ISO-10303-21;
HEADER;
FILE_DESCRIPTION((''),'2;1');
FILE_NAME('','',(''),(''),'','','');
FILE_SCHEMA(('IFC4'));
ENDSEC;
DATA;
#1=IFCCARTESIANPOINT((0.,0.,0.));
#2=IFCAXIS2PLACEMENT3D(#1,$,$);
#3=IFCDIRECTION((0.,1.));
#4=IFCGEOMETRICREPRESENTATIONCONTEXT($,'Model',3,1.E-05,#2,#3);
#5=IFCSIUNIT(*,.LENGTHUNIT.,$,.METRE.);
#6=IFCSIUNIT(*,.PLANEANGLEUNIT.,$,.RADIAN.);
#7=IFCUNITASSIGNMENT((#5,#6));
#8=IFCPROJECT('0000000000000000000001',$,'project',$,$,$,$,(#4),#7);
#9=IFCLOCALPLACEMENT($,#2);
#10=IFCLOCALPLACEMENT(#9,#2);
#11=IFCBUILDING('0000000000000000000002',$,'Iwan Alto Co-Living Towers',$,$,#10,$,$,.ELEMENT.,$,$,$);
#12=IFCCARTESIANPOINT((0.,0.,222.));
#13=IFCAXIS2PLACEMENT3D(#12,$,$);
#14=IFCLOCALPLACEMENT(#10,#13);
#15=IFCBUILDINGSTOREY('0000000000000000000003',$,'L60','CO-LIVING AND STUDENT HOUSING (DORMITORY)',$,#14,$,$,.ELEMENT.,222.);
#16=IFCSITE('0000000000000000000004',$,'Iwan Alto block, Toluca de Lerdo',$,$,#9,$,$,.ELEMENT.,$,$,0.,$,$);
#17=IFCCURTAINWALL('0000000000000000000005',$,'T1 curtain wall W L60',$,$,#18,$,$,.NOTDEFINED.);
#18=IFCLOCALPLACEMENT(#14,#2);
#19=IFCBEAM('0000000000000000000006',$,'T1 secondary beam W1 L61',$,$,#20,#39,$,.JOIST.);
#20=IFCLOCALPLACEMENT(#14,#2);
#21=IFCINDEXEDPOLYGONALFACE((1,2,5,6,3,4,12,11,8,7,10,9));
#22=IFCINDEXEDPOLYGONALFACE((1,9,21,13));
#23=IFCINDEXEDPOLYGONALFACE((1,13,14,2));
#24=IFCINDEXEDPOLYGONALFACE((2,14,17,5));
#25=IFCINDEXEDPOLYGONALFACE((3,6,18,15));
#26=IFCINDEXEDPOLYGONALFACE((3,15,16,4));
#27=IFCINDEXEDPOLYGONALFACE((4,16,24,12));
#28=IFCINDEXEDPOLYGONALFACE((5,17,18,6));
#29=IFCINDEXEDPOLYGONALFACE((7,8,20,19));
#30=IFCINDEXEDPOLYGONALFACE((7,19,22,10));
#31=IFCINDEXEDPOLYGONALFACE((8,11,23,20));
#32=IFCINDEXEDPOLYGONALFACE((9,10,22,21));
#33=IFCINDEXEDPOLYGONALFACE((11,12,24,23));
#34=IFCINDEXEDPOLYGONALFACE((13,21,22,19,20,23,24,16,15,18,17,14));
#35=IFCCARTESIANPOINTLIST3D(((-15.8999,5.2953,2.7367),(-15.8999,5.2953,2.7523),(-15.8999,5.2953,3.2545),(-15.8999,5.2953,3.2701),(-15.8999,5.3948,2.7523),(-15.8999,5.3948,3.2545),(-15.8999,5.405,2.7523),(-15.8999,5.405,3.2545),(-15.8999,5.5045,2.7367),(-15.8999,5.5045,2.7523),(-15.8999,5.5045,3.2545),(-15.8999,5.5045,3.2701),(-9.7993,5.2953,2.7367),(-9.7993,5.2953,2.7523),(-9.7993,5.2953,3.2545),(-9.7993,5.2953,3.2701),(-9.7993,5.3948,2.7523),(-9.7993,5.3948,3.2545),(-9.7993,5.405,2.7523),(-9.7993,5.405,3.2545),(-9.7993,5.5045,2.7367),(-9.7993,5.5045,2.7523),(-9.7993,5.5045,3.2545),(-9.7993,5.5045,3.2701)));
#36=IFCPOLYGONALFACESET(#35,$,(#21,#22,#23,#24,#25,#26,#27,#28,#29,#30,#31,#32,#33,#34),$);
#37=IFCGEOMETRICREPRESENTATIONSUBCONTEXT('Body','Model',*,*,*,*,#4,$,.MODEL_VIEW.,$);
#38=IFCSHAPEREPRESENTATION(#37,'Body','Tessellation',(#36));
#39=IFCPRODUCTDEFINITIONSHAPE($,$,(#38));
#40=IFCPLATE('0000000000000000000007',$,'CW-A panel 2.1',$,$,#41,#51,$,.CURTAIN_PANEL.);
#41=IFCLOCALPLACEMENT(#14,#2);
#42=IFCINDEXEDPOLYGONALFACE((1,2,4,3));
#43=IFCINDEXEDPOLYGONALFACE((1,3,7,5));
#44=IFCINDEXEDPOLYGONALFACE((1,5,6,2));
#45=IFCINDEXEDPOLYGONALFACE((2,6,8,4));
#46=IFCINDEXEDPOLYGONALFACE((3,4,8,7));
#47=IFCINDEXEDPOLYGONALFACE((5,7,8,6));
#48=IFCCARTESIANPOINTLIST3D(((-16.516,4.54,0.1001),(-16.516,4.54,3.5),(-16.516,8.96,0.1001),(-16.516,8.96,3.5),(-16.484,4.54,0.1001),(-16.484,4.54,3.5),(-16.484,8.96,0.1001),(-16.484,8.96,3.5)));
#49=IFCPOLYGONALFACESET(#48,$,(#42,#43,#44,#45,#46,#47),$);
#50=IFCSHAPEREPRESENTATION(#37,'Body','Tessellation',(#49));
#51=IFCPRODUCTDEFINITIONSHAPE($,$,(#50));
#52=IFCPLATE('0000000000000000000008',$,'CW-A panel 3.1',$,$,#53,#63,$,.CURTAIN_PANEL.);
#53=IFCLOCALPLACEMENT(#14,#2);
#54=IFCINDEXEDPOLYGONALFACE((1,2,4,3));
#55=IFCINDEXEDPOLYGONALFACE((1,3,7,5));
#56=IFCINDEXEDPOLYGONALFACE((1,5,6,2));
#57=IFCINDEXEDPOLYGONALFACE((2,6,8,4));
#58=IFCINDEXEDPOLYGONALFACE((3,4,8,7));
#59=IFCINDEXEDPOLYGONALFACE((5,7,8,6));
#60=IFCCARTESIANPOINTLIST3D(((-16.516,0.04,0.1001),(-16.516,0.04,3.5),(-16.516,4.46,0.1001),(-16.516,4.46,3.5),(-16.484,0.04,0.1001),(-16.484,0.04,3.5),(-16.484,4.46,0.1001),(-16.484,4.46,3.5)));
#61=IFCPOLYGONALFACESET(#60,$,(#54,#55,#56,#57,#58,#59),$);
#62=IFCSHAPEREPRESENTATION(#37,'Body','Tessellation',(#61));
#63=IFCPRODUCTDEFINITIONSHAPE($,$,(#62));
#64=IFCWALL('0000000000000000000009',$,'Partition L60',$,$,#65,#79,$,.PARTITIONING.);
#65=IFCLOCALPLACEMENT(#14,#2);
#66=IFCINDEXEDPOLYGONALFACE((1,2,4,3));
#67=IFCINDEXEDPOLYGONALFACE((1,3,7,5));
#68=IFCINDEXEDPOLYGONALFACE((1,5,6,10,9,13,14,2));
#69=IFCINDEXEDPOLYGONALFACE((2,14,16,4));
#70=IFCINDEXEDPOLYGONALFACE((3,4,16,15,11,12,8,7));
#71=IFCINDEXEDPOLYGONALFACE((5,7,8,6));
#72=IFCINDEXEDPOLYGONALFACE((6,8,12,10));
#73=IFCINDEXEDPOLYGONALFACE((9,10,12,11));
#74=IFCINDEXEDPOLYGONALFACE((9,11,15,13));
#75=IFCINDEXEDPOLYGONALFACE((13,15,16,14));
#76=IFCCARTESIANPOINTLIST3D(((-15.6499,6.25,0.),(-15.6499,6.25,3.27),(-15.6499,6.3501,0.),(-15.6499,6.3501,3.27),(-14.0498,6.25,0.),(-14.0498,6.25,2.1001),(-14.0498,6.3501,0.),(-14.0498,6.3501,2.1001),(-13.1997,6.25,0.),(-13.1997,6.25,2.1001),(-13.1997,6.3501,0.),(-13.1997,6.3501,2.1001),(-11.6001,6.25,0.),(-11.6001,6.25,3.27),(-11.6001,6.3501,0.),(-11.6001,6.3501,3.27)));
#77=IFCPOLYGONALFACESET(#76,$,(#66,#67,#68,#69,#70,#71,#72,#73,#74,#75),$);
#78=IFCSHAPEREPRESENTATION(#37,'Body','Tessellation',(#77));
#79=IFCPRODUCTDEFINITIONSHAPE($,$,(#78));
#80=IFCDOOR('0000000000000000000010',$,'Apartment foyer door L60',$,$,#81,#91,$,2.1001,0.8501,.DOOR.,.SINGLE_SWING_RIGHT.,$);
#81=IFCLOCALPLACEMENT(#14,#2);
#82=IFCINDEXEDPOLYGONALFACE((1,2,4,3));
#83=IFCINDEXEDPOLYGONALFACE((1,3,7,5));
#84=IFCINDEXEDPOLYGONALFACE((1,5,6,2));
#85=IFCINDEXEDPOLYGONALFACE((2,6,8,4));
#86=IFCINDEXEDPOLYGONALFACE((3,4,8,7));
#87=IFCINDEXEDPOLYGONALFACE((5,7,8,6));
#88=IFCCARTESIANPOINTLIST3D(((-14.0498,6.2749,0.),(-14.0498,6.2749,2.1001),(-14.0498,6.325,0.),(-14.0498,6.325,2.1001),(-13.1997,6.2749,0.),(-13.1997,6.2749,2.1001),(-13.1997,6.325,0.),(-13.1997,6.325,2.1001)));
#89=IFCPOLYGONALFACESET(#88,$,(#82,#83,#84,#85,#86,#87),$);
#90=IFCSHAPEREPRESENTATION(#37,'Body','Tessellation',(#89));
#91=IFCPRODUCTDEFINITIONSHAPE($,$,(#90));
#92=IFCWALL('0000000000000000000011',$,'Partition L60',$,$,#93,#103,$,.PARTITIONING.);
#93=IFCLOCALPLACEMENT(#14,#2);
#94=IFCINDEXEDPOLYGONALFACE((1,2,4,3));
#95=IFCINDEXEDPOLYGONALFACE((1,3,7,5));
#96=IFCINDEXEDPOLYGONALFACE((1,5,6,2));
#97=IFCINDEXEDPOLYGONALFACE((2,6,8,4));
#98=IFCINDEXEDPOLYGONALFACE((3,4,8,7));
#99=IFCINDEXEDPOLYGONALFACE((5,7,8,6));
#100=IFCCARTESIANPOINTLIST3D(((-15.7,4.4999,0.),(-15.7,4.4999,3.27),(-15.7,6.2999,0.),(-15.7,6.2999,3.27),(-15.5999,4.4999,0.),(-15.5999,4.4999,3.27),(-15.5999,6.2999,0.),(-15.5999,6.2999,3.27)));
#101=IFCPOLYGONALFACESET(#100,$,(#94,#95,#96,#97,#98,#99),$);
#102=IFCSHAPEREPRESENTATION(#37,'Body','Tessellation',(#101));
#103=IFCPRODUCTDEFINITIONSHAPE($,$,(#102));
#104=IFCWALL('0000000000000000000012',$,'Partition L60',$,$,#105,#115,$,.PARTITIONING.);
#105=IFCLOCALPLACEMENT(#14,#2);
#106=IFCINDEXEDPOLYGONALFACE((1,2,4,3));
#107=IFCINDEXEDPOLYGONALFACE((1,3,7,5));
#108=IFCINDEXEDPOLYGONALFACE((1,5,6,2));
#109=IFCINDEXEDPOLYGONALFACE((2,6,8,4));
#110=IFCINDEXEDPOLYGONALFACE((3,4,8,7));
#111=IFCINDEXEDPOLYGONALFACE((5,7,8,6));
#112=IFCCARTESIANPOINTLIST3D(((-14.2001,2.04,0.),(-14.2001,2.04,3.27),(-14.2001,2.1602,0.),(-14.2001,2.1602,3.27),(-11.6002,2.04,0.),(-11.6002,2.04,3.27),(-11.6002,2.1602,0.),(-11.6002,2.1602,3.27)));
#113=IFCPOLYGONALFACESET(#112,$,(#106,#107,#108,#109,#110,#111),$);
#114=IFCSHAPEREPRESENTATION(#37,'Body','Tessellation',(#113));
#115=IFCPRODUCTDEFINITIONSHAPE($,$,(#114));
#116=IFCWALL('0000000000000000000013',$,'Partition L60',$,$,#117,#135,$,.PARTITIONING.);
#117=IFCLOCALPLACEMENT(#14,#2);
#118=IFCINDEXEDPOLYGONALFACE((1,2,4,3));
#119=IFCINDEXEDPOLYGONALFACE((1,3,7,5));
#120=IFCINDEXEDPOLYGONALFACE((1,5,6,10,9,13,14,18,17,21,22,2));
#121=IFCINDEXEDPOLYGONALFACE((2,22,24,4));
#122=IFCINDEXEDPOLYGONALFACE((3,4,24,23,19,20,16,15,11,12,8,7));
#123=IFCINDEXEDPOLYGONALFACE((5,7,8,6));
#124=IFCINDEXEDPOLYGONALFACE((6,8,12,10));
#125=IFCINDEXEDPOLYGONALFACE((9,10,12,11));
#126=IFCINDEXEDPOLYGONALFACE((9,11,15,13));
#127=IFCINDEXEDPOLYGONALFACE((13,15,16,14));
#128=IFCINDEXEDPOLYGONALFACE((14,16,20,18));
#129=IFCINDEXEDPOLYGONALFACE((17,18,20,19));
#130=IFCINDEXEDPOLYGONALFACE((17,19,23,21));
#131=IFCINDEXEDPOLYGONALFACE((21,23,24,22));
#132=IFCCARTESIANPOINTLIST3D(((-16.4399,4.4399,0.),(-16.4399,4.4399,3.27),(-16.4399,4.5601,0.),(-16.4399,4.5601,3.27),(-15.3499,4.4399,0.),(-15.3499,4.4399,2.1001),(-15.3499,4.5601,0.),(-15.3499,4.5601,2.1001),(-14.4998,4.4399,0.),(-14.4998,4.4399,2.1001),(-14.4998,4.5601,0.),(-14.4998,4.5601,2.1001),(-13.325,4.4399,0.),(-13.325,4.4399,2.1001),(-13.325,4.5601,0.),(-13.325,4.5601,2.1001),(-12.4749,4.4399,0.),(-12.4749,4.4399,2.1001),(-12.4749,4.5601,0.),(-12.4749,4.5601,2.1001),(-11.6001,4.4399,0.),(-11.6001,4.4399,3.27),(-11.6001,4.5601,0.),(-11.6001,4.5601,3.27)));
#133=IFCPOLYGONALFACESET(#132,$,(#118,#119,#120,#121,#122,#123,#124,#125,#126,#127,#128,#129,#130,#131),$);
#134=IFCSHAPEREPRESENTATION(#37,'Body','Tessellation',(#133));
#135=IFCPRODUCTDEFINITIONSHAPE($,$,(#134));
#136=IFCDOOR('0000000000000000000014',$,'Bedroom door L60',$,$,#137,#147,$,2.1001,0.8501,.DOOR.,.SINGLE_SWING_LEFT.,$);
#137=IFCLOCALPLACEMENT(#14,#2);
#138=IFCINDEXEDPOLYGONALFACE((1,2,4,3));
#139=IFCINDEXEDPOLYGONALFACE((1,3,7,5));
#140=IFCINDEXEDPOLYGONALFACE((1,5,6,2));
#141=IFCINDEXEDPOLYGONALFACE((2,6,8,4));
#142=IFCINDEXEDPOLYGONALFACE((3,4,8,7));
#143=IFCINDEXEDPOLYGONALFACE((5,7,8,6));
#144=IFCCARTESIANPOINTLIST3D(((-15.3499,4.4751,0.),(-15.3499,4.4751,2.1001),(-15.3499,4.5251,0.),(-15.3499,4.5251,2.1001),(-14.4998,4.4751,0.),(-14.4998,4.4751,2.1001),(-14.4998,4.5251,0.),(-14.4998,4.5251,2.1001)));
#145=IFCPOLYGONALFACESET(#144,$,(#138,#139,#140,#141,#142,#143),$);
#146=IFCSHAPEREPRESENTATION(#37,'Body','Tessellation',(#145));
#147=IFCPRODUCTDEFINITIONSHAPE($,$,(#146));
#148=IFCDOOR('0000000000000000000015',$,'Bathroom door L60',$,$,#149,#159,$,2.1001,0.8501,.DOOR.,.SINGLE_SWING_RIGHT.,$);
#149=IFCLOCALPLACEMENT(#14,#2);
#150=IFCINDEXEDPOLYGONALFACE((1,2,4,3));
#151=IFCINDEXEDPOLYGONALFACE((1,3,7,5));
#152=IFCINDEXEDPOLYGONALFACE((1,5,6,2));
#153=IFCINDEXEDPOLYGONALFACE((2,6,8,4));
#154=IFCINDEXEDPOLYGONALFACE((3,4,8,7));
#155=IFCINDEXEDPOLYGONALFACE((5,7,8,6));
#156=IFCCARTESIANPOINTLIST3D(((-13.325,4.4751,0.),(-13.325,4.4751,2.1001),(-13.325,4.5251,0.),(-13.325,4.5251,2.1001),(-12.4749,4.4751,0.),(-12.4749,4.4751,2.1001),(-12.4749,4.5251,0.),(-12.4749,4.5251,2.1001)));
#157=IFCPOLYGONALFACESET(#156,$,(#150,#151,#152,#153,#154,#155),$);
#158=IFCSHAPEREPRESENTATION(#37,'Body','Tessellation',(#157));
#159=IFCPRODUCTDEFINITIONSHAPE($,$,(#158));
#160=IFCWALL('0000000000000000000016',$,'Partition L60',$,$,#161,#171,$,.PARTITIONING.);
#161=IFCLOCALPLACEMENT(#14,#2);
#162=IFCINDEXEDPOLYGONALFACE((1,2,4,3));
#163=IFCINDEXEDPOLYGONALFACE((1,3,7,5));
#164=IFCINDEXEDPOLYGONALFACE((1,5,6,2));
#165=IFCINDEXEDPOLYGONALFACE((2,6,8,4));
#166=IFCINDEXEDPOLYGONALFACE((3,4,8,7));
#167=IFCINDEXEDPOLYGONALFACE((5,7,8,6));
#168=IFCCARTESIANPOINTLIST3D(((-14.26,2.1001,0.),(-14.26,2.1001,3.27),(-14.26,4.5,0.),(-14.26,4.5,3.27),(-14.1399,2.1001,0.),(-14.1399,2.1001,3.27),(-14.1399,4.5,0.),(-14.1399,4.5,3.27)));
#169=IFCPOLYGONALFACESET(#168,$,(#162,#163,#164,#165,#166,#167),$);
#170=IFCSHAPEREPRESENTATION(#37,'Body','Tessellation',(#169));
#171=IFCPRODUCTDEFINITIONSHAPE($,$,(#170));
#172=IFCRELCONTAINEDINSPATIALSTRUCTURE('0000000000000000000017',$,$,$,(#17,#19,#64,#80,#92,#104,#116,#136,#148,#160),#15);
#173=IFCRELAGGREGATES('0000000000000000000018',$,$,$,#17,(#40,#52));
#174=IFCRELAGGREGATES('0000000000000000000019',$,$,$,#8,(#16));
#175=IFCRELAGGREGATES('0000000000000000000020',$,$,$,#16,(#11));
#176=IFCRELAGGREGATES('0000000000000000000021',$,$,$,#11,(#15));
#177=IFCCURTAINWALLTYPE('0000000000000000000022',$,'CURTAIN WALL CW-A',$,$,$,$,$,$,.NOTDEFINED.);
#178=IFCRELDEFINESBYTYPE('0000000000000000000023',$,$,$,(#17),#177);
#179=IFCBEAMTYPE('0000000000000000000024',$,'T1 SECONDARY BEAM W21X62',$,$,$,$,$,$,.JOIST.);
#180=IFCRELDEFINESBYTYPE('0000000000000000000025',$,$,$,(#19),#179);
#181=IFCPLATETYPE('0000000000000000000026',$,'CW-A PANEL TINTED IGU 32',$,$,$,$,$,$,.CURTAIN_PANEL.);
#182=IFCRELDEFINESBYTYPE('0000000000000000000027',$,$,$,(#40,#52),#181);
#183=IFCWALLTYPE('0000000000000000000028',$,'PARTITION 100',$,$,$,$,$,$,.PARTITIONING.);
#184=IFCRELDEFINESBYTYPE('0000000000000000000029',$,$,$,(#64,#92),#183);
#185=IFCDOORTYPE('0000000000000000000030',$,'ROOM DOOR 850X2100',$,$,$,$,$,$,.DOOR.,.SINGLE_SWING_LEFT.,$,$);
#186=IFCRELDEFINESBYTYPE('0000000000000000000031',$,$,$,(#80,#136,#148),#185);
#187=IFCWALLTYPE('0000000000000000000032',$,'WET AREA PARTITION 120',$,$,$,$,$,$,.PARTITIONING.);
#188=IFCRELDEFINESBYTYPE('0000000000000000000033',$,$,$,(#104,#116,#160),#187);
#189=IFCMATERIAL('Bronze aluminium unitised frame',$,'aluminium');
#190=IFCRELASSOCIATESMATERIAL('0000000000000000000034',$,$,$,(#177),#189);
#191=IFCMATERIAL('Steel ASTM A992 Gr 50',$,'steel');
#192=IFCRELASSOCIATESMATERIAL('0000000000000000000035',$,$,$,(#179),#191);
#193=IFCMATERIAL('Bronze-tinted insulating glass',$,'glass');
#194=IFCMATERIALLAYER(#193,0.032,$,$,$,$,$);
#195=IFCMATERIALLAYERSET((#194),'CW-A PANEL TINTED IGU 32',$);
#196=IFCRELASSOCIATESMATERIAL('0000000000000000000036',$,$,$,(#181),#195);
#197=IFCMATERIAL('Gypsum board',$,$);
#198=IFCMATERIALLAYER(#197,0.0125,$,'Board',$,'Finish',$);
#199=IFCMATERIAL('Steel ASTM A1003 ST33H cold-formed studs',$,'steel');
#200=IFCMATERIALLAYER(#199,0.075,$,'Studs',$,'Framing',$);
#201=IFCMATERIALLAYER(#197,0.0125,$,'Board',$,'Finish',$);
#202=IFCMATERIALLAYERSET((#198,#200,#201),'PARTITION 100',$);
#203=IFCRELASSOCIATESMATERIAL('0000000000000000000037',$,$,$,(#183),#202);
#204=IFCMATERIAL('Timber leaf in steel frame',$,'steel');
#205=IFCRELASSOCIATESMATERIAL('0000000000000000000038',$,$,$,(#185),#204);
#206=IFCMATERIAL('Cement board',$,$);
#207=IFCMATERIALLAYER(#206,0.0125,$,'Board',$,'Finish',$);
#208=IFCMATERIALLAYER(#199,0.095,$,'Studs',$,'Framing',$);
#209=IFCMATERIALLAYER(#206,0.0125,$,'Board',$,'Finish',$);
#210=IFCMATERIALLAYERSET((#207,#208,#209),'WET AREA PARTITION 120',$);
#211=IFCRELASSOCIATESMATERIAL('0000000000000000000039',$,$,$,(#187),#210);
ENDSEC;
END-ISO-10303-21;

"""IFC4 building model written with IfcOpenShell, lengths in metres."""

from ifc_helpers import new_model, si_unit, direction, frame, frame_2d, origin, origin_2d, place, context, subcontext, project, spatial, rectangle, i_section, extrude, material, layer, layer_set, material_profile, profile_set, type_object, element, fill, aggregate, save


model = new_model("IFC4")

# Units and contexts
model_context = context("Model", 3, precision=1e-05, world=origin(), true_north=direction((0.0, 1.0)))
body_context = subcontext(model_context, "Body", "Model", "MODEL_VIEW")
ifc_project = project(units=[si_unit("LENGTHUNIT", "METRE"), si_unit("PLANEANGLEUNIT", "RADIAN")], contexts=[model_context])

# Site, building, storey
site_placement = place(None, origin())
site = spatial("IfcSite", under=ifc_project, at=site_placement, Name="Iwan Alto block, Toluca de Lerdo", CompositionType="ELEMENT", RefElevation=0.0)
building_placement = place(site_placement, origin())
building = spatial("IfcBuilding", under=site, at=building_placement, Name="Iwan Alto Co-Living Towers", CompositionType="ELEMENT")
storey_placement = place(building_placement, frame((0.0, 0.0, 222.0)))
storey = spatial("IfcBuildingStorey", under=building, at=storey_placement, Name="L60", Description="CO-LIVING AND STUDENT HOUSING (DORMITORY)", CompositionType="ELEMENT", Elevation=222.0)

# Curtain wall
ifc_material_1 = material(Name="Bronze aluminium unitised frame", Category="aluminium")
curtain_wall_type = type_object("IfcCurtainWallType", Name="CURTAIN WALL CW-A", PredefinedType="NOTDEFINED", material=ifc_material_1)
curtain_wall_placement = place(storey_placement, origin())
curtain_wall = element("IfcCurtainWall", 1, at=curtain_wall_placement, inside=storey, type_object=curtain_wall_type, Name="T1 curtain wall W L60", PredefinedType="NOTDEFINED")

# Beam
ifc_material_2 = material(Name="Steel ASTM A992 Gr 50", Category="steel")
ifc_material_profile_1 = material_profile(ifc_material_2, i_section(OverallWidth=0.2092, OverallDepth=0.5334, WebThickness=0.0103, FlangeThickness=0.0156, at=origin_2d()), Name="W21X62")
ifc_profile_set_1 = profile_set([ifc_material_profile_1], Name="Steel ASTM A992 Gr 50")
beam_type_1 = type_object("IfcBeamType", Name="T1 SECONDARY BEAM W21X62", PredefinedType="JOIST", material=ifc_profile_set_1)
beam_1_placement = place(storey_placement, frame((-15.8999, 5.3999, 3.0034), z_axis=(1.0, 0.0, 0.0), x_axis=(0.0, 1.0, 0.0)))
element("IfcBeam", 2, at=beam_1_placement, inside=storey, type_object=beam_type_1, Name="T1 secondary beam W1 L61", PredefinedType="JOIST", context=body_context, shape_type="SweptSolid", body=[
    extrude(i_section(OverallWidth=0.2092, OverallDepth=0.5334, WebThickness=0.0103, FlangeThickness=0.0156, at=origin_2d()), origin(), (0.0, 0.0, 1.0), 6.1006),
])

# Plates
ifc_material_3 = material(Name="Bronze-tinted insulating glass", Category="glass")
ifc_layer_1 = layer(ifc_material_3, 0.032)
ifc_layer_set_1 = layer_set([ifc_layer_1], Name="CW-A PANEL TINTED IGU 32")
plate_type = type_object("IfcPlateType", Name="CW-A PANEL TINTED IGU 32", PredefinedType="CURTAIN_PANEL", material=ifc_layer_set_1)
plate_1_placement = place(storey_placement, frame((-16.5, 6.75, 0.1001), z_axis=(0.0, 0.0, 1.0), x_axis=(0.0, -1.0, 0.0)))
plate_1 = element("IfcPlate", 3, at=plate_1_placement, type_object=plate_type, Name="CW-A panel 2.1", PredefinedType="CURTAIN_PANEL", context=body_context, shape_type="SweptSolid", body=[
    extrude(rectangle(XDim=4.4199, YDim=0.032, at=origin_2d()), origin(), (0.0, 0.0, 1.0), 3.3999),
])
plate_2_placement = place(storey_placement, frame((-16.5, 2.25, 0.1001), z_axis=(0.0, 0.0, 1.0), x_axis=(0.0, -1.0, 0.0)))
plate_2 = element("IfcPlate", 4, at=plate_2_placement, type_object=plate_type, Name="CW-A panel 3.1", PredefinedType="CURTAIN_PANEL", context=body_context, shape_type="SweptSolid", body=[
    extrude(rectangle(XDim=4.4199, YDim=0.032, at=origin_2d()), origin(), (0.0, 0.0, 1.0), 3.3999),
])
aggregate(curtain_wall, [plate_1, plate_2])

# Wall, opening, door
ifc_material_4 = material(Name="Gypsum board")
ifc_layer_2 = layer(ifc_material_4, 0.0125, Name="Board", Category="Finish")
ifc_material_5 = material(Name="Steel ASTM A1003 ST33H cold-formed studs", Category="steel")
ifc_layer_3 = layer(ifc_material_5, 0.075, Name="Studs", Category="Framing")
ifc_layer_4 = layer(ifc_material_4, 0.0125, Name="Board", Category="Finish")
ifc_layer_set_2 = layer_set([ifc_layer_2, ifc_layer_3, ifc_layer_4], Name="PARTITION 100")
wall_type_1 = type_object("IfcWallType", Name="PARTITION 100", PredefinedType="PARTITIONING", material=ifc_layer_set_2)
wall_1_placement = place(storey_placement, frame((-15.6499, 6.3, 0.0), z_axis=(0.0, 0.0, 1.0), x_axis=(1.0, 0.0, 0.0)))
wall_1 = element("IfcWall", 5, at=wall_1_placement, inside=storey, type_object=wall_type_1, Name="Partition L60", PredefinedType="PARTITIONING", context=body_context, shape_type="SweptSolid", body=[
    extrude(rectangle(XDim=4.0498, YDim=0.1001, at=frame_2d((2.0249, 0.0))), origin(), (0.0, 0.0, 1.0), 3.27),
])
opening_1_placement = place(wall_1_placement, frame((1.6001, 0.0, 0.0)))
opening_1 = element("IfcOpeningElement", 6, at=opening_1_placement, cuts=wall_1, PredefinedType="OPENING", context=body_context, shape_type="SweptSolid", body=[
    extrude(rectangle(XDim=0.8501, YDim=2.1001, at=frame_2d((0.425, 1.05))), frame((0.0, 0.0601, 0.0), z_axis=(0.0, -1.0, 0.0), x_axis=(1.0, 0.0, 0.0)), (0.0, 0.0, 1.0), 0.1201),
])
ifc_material_6 = material(Name="Timber leaf in steel frame", Category="steel")
door_type = type_object("IfcDoorType", Name="ROOM DOOR 850X2100", OperationType="SINGLE_SWING_LEFT", PredefinedType="DOOR", material=ifc_material_6)
door_1_placement = place(opening_1_placement, origin())
door_1 = element("IfcDoor", 7, at=door_1_placement, inside=storey, type_object=door_type, Name="Apartment foyer door L60", OperationType="SINGLE_SWING_RIGHT", OverallHeight=2.1001, OverallWidth=0.8501, PredefinedType="DOOR", context=body_context, shape_type="SweptSolid", body=[
    extrude(rectangle(XDim=0.8501, YDim=2.1001, at=frame_2d((0.425, 1.05))), frame((0.0, 0.0249, 0.0), z_axis=(0.0, -1.0, 0.0), x_axis=(1.0, 0.0, 0.0)), (0.0, 0.0, 1.0), 0.05),
])
fill(opening_1, door_1)

# Walls
wall_2_placement = place(storey_placement, frame((-15.6499, 4.5, 0.0), z_axis=(0.0, 0.0, 1.0), x_axis=(0.0, 1.0, 0.0)))
element("IfcWall", 8, at=wall_2_placement, inside=storey, type_object=wall_type_1, Name="Partition L60", PredefinedType="PARTITIONING", context=body_context, shape_type="SweptSolid", body=[
    extrude(rectangle(XDim=1.8, YDim=0.1001, at=frame_2d((0.8999, 0.0))), origin(), (0.0, 0.0, 1.0), 3.27),
])
ifc_material_7 = material(Name="Cement board")
ifc_layer_5 = layer(ifc_material_7, 0.0125, Name="Board", Category="Finish")
ifc_layer_6 = layer(ifc_material_5, 0.095, Name="Studs", Category="Framing")
ifc_layer_7 = layer(ifc_material_7, 0.0125, Name="Board", Category="Finish")
ifc_layer_set_3 = layer_set([ifc_layer_5, ifc_layer_6, ifc_layer_7], Name="WET AREA PARTITION 120")
wall_type_2 = type_object("IfcWallType", Name="WET AREA PARTITION 120", PredefinedType="PARTITIONING", material=ifc_layer_set_3)
wall_3_placement = place(storey_placement, frame((-14.2, 2.1001, 0.0), z_axis=(0.0, 0.0, 1.0), x_axis=(1.0, 0.0, 0.0)))
element("IfcWall", 9, at=wall_3_placement, inside=storey, type_object=wall_type_2, Name="Partition L60", PredefinedType="PARTITIONING", context=body_context, shape_type="SweptSolid", body=[
    extrude(rectangle(XDim=2.5999, YDim=0.1201, at=frame_2d((1.2998, 0.0))), origin(), (0.0, 0.0, 1.0), 3.27),
])

# Wall, openings, doors
wall_4_placement = place(storey_placement, frame((-16.4399, 4.5, 0.0), z_axis=(0.0, 0.0, 1.0), x_axis=(1.0, 0.0, 0.0)))
wall_4 = element("IfcWall", 10, at=wall_4_placement, inside=storey, type_object=wall_type_2, Name="Partition L60", PredefinedType="PARTITIONING", context=body_context, shape_type="SweptSolid", body=[
    extrude(rectangle(XDim=4.8398, YDim=0.1201, at=frame_2d((2.4199, 0.0))), origin(), (0.0, 0.0, 1.0), 3.27),
])
opening_2_placement = place(wall_4_placement, frame((1.0901, 0.0, 0.0)))
opening_2 = element("IfcOpeningElement", 11, at=opening_2_placement, cuts=wall_4, PredefinedType="OPENING", context=body_context, shape_type="SweptSolid", body=[
    extrude(rectangle(XDim=0.8501, YDim=2.1001, at=frame_2d((0.425, 1.05))), frame((0.0, 0.0701, 0.0), z_axis=(0.0, -1.0, 0.0), x_axis=(1.0, 0.0, 0.0)), (0.0, 0.0, 1.0), 0.1401),
])
opening_3_placement = place(wall_4_placement, frame((3.115, 0.0, 0.0)))
opening_3 = element("IfcOpeningElement", 12, at=opening_3_placement, cuts=wall_4, PredefinedType="OPENING", context=body_context, shape_type="SweptSolid", body=[
    extrude(rectangle(XDim=0.8501, YDim=2.1001, at=frame_2d((0.425, 1.05))), frame((0.0, 0.0701, 0.0), z_axis=(0.0, -1.0, 0.0), x_axis=(1.0, 0.0, 0.0)), (0.0, 0.0, 1.0), 0.1401),
])
door_2_placement = place(opening_2_placement, frame((0.8501, 0.0, 0.0), z_axis=(0.0, 0.0, 1.0), x_axis=(-1.0, 0.0, 0.0)))
door_2 = element("IfcDoor", 13, at=door_2_placement, inside=storey, type_object=door_type, Name="Bedroom door L60", OperationType="SINGLE_SWING_LEFT", OverallHeight=2.1001, OverallWidth=0.8501, PredefinedType="DOOR", context=body_context, shape_type="SweptSolid", body=[
    extrude(rectangle(XDim=0.8501, YDim=2.1001, at=frame_2d((0.425, 1.05))), frame((0.0, 0.0249, 0.0), z_axis=(0.0, -1.0, 0.0), x_axis=(1.0, 0.0, 0.0)), (0.0, 0.0, 1.0), 0.05),
])
fill(opening_2, door_2)
door_3_placement = place(opening_3_placement, frame((0.8501, 0.0, 0.0), z_axis=(0.0, 0.0, 1.0), x_axis=(-1.0, 0.0, 0.0)))
door_3 = element("IfcDoor", 14, at=door_3_placement, inside=storey, type_object=door_type, Name="Bathroom door L60", OperationType="SINGLE_SWING_RIGHT", OverallHeight=2.1001, OverallWidth=0.8501, PredefinedType="DOOR", context=body_context, shape_type="SweptSolid", body=[
    extrude(rectangle(XDim=0.8501, YDim=2.1001, at=frame_2d((0.425, 1.05))), frame((0.0, 0.0249, 0.0), z_axis=(0.0, -1.0, 0.0), x_axis=(1.0, 0.0, 0.0)), (0.0, 0.0, 1.0), 0.05),
])
fill(opening_3, door_3)

# Wall
wall_5_placement = place(storey_placement, frame((-14.2, 2.1001, 0.0), z_axis=(0.0, 0.0, 1.0), x_axis=(0.0, 1.0, 0.0)))
element("IfcWall", 15, at=wall_5_placement, inside=storey, type_object=wall_type_2, Name="Partition L60", PredefinedType="PARTITIONING", context=body_context, shape_type="SweptSolid", body=[
    extrude(rectangle(XDim=2.3999, YDim=0.1201, at=frame_2d((1.2, 0.0))), origin(), (0.0, 0.0, 1.0), 3.27),
])

save(model, "model.ifc")
